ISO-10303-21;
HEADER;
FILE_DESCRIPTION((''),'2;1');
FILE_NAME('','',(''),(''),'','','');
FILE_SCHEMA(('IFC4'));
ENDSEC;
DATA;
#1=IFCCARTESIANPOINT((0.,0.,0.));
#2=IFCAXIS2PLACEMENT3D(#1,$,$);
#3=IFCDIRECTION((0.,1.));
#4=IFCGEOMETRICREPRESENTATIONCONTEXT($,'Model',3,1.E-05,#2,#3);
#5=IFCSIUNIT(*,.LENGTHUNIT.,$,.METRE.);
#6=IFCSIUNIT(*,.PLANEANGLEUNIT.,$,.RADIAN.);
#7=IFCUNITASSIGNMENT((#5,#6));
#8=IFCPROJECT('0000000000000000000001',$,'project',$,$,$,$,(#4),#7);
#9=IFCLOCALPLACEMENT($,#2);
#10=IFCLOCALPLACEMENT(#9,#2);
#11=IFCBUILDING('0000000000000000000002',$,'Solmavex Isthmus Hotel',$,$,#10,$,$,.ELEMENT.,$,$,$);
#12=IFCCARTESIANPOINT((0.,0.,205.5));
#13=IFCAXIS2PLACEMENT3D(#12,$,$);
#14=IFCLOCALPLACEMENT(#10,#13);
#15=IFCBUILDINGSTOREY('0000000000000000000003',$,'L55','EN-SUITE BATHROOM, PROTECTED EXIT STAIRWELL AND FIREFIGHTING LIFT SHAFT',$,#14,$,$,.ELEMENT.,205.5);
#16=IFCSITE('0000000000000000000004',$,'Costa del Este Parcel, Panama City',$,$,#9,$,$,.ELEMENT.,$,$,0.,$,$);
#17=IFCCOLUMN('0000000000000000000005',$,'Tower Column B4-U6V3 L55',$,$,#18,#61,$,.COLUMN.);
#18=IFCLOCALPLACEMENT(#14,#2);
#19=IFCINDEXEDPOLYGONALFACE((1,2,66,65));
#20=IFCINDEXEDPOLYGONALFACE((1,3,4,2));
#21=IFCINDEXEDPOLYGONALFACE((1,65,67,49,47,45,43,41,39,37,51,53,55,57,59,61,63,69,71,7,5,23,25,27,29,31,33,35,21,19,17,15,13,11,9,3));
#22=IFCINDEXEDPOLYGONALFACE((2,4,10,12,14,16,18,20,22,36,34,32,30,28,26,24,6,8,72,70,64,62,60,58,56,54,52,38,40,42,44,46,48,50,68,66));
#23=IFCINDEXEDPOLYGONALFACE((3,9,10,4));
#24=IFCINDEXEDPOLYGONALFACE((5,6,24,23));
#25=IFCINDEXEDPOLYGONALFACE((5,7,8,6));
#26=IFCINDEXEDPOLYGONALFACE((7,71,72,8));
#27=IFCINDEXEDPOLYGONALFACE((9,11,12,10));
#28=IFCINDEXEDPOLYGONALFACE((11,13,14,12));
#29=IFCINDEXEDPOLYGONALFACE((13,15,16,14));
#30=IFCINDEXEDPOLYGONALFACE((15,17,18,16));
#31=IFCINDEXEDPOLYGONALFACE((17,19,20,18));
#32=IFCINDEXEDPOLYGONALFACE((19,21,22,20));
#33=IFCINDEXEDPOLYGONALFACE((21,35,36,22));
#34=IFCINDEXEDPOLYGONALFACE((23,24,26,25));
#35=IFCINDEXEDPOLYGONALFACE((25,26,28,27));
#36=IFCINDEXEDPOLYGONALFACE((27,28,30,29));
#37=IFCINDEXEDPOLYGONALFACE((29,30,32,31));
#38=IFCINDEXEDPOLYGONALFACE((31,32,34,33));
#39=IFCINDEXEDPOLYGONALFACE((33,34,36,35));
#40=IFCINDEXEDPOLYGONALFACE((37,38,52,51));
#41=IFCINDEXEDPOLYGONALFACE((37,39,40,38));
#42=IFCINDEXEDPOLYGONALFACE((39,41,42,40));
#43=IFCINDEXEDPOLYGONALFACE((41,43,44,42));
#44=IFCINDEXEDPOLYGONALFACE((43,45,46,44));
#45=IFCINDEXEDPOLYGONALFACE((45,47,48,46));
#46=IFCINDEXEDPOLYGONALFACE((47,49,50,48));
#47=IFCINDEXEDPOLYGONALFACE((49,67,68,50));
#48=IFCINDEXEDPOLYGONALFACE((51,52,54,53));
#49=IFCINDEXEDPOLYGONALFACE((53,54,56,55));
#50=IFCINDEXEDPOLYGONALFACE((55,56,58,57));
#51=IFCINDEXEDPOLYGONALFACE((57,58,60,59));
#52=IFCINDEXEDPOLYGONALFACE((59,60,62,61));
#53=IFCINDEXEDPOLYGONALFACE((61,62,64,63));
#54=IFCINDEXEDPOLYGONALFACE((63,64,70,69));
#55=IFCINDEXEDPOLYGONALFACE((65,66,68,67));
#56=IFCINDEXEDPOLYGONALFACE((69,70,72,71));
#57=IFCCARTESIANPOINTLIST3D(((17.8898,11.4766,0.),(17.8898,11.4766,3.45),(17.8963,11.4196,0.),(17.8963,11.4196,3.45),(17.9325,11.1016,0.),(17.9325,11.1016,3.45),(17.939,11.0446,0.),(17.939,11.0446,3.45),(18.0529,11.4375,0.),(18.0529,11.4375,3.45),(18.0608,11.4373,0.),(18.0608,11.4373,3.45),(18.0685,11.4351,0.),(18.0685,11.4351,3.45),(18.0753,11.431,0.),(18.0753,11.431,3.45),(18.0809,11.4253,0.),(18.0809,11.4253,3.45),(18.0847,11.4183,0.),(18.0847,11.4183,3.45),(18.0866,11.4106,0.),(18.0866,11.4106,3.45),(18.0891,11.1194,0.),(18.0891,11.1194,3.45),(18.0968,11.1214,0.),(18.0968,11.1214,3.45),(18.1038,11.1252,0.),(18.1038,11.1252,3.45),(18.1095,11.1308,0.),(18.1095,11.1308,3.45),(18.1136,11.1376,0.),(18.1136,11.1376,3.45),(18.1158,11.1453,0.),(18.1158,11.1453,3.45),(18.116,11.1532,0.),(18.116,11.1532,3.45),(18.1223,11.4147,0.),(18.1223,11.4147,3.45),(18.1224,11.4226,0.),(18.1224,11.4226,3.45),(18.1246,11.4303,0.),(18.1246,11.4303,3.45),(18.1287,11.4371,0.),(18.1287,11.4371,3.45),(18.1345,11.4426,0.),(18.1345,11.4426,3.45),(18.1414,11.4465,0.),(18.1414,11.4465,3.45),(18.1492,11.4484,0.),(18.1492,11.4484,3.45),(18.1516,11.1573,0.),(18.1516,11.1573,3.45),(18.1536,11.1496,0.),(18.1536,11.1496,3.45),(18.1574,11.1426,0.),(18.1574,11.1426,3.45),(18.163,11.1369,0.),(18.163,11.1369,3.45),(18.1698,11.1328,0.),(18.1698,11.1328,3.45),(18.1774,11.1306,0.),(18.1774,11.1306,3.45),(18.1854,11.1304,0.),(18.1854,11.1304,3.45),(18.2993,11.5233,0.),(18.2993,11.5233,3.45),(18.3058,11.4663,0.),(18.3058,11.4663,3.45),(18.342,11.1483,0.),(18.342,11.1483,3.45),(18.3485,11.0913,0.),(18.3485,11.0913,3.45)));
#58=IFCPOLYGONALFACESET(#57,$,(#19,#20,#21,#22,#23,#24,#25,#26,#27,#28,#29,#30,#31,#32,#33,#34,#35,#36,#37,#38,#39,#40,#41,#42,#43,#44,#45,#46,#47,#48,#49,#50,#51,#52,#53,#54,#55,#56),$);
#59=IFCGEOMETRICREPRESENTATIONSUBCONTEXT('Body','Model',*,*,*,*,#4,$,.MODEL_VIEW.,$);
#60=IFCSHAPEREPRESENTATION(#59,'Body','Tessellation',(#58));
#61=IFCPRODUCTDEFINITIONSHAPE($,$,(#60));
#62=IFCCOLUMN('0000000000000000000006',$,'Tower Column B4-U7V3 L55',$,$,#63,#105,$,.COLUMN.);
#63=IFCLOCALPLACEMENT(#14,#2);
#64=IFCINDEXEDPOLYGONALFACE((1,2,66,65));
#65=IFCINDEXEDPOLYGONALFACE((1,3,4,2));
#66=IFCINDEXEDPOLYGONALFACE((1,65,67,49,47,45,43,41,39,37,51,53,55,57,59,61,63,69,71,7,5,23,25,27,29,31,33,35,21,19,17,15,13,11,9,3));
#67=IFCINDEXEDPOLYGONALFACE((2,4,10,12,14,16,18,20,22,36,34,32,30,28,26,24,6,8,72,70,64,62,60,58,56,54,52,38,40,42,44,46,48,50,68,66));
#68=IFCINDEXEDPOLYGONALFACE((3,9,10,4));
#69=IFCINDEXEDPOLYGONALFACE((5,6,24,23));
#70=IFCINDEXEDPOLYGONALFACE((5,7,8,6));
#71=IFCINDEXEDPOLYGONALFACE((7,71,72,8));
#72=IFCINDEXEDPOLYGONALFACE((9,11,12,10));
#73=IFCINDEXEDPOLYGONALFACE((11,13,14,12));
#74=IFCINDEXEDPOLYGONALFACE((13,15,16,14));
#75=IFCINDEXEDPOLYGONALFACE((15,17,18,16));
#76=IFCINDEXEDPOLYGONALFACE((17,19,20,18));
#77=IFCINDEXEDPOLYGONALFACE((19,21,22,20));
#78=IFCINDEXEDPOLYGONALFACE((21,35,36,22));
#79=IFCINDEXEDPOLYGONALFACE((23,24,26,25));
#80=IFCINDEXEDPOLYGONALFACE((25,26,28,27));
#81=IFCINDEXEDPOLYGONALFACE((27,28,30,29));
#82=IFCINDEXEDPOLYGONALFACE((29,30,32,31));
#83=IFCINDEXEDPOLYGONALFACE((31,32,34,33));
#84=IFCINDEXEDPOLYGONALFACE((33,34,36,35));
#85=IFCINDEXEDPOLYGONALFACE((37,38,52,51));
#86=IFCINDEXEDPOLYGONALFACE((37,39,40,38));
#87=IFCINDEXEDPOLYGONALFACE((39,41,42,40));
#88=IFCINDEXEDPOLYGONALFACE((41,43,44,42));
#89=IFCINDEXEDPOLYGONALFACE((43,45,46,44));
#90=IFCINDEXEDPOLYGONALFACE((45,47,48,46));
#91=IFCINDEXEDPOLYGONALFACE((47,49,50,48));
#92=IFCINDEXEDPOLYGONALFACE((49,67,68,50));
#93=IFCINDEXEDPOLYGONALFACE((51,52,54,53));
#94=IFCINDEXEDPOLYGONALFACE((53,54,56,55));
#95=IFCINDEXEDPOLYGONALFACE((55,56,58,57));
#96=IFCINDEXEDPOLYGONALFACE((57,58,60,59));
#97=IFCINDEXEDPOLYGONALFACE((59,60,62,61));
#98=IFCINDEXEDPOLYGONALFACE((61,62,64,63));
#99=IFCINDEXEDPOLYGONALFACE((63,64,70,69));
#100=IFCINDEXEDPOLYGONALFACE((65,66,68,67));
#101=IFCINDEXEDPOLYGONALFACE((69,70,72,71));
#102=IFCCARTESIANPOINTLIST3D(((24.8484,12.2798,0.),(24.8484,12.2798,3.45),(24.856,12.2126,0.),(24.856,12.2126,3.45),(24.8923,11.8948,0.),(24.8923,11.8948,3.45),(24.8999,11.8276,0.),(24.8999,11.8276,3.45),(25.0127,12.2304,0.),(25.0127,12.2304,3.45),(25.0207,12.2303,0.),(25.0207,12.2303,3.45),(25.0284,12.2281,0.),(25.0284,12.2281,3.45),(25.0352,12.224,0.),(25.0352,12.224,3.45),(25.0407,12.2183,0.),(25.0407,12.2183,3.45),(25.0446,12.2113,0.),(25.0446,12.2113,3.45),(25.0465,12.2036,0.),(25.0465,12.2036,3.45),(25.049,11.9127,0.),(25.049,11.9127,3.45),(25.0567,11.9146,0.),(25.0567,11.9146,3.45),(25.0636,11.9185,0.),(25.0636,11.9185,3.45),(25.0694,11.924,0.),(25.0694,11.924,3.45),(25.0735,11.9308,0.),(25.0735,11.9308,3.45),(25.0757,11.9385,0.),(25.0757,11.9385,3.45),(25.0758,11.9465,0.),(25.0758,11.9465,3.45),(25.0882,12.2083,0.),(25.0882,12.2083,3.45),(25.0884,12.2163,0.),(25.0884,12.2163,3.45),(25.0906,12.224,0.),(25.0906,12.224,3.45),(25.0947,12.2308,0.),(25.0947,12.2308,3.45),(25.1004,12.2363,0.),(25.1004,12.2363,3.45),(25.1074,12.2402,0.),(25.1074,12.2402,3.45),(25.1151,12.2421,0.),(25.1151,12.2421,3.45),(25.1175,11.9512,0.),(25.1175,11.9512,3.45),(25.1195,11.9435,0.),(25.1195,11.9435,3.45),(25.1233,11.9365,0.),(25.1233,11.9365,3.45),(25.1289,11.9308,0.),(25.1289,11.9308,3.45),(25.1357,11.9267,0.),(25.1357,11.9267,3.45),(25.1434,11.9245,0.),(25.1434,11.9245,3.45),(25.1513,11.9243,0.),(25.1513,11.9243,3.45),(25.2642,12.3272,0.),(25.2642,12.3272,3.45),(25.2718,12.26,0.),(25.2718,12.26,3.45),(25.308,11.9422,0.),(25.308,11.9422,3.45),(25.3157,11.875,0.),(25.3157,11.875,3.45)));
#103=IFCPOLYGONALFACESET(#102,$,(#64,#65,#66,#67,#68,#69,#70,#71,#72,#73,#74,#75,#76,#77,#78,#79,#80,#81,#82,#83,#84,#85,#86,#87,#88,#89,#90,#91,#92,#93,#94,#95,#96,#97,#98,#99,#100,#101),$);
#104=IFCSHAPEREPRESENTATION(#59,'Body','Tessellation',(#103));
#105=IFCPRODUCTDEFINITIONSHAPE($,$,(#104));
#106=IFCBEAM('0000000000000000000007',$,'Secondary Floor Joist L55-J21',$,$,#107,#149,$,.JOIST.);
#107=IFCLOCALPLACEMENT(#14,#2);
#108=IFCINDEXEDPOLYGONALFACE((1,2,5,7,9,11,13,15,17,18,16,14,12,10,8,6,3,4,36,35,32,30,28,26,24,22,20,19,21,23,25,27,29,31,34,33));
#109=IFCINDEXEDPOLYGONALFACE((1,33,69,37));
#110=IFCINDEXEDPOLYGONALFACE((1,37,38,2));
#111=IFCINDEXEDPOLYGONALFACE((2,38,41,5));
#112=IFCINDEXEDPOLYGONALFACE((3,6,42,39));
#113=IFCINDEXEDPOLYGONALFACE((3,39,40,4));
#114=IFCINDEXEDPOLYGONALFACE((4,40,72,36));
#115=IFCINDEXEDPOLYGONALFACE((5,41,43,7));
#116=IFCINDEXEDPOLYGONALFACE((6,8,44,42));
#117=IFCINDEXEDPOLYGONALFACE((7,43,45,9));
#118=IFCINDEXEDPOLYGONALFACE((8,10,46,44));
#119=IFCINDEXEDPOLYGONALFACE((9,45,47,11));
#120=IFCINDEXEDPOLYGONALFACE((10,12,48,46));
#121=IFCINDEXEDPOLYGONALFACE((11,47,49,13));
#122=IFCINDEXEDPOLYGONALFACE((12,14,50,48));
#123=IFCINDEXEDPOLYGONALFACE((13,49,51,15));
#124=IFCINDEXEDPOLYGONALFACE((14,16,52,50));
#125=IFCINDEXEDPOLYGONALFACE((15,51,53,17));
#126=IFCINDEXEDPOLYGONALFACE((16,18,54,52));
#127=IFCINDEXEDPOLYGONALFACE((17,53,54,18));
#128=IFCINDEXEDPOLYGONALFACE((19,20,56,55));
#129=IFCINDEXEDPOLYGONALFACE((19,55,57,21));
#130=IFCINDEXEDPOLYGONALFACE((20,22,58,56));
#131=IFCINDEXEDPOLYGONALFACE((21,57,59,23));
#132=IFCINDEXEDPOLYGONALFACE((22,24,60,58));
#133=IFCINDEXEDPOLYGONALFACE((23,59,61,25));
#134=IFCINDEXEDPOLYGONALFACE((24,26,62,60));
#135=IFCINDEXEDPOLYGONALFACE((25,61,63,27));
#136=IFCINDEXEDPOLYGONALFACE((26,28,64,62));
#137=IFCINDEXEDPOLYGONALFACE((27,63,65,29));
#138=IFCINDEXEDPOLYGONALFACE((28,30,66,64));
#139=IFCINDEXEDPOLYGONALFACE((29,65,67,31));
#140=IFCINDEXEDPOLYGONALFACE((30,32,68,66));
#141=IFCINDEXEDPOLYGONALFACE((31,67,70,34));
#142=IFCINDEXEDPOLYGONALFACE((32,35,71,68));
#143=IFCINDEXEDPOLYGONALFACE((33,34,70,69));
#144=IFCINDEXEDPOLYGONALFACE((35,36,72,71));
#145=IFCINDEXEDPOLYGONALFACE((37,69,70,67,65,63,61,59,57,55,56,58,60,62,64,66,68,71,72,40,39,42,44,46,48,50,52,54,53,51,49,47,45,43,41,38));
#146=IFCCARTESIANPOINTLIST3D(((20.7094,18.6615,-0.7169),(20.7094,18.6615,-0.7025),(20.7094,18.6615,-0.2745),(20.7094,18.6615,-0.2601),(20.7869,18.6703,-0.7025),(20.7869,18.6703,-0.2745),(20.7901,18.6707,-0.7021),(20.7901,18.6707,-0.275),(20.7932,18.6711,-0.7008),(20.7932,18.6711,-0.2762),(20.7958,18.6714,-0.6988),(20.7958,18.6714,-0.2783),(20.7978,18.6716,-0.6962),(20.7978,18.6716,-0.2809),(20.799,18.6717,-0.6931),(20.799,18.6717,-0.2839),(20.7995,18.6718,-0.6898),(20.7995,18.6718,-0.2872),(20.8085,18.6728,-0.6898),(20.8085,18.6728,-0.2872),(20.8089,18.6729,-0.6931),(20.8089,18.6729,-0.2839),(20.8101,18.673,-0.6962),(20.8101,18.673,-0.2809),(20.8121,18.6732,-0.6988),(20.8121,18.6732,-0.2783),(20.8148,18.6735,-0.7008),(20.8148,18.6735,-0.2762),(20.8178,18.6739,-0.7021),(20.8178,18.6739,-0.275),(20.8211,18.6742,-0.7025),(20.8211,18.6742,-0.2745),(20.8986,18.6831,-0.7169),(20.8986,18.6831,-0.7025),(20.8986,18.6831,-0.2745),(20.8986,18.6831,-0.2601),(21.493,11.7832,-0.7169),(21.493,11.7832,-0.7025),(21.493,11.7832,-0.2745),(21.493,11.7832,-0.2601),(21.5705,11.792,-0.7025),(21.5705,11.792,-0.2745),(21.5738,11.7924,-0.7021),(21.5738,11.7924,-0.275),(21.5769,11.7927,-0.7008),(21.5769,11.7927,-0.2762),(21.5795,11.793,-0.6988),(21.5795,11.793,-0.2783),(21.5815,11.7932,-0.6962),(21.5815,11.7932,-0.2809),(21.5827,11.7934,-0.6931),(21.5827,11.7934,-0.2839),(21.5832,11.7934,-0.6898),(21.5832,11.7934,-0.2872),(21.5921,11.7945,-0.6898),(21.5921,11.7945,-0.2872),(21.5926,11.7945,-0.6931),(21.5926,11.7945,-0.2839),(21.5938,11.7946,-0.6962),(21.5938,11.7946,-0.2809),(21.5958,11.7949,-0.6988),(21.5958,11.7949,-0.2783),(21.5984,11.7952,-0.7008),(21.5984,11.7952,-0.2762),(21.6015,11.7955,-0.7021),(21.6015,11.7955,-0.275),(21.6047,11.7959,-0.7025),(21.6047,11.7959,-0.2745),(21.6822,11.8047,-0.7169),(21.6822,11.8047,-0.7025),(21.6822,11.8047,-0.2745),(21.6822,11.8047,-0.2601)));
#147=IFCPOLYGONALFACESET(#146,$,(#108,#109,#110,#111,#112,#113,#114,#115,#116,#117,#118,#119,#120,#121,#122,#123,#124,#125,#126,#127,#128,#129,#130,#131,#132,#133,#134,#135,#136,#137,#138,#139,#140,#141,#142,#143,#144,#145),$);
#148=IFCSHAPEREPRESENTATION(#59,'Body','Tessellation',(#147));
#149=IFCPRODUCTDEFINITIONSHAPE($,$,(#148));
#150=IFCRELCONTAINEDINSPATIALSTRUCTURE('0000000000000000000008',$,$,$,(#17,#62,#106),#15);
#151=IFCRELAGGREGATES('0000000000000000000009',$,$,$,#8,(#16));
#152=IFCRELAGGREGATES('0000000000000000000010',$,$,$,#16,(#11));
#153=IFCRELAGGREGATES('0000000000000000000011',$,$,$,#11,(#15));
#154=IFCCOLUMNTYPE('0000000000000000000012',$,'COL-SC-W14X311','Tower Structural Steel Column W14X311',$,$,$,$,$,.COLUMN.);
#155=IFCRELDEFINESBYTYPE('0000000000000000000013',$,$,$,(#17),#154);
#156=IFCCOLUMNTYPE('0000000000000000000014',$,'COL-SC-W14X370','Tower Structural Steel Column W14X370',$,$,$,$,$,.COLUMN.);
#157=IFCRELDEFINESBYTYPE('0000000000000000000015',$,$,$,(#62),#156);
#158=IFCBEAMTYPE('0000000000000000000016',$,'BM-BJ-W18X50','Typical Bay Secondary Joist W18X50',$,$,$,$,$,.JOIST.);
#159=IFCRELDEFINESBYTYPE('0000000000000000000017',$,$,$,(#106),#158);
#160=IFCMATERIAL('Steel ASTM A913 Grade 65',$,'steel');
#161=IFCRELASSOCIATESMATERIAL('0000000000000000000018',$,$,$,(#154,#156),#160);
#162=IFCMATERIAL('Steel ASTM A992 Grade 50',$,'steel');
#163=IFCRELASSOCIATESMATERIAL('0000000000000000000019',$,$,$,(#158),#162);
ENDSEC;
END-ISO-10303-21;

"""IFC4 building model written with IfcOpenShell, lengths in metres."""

from ifc_helpers import new_model, si_unit, direction, frame, origin, origin_2d, place, context, subcontext, project, spatial, i_section, extrude, material, material_profile, profile_set, type_object, element, save


model = new_model("IFC4")

# Units and contexts
model_context = context("Model", 3, precision=1e-05, world=origin(), true_north=direction((0.0, 1.0)))
body_context = subcontext(model_context, "Body", "Model", "MODEL_VIEW")
ifc_project = project(units=[si_unit("LENGTHUNIT", "METRE"), si_unit("PLANEANGLEUNIT", "RADIAN")], contexts=[model_context])

# Site, building, storey
site_placement = place(None, origin())
site = spatial("IfcSite", under=ifc_project, at=site_placement, Name="Costa del Este Parcel, Panama City", CompositionType="ELEMENT", RefElevation=0.0)
building_placement = place(site_placement, origin())
building = spatial("IfcBuilding", under=site, at=building_placement, Name="Solmavex Isthmus Hotel", CompositionType="ELEMENT")
storey_placement = place(building_placement, frame((0.0, 0.0, 205.5)))
storey = spatial("IfcBuildingStorey", under=building, at=storey_placement, Name="L55", Description="EN-SUITE BATHROOM, PROTECTED EXIT STAIRWELL AND FIREFIGHTING LIFT SHAFT", CompositionType="ELEMENT", Elevation=205.5)

# Columns
ifc_material_1 = material(Name="Steel ASTM A913 Grade 65", Category="steel")
ifc_material_profile_1 = material_profile(ifc_material_1, i_section(OverallWidth=0.4121, OverallDepth=0.4348, WebThickness=0.0359, FlangeThickness=0.0574, FilletRadius=0.0305, at=origin_2d()), Name="W14X311")
ifc_profile_set_1 = profile_set([ifc_material_profile_1], Name="Steel ASTM A913 Grade 65")
column_type_1 = type_object("IfcColumnType", Name="COL-SC-W14X311", Description="Tower Structural Steel Column W14X311", PredefinedType="COLUMN", material=ifc_profile_set_1)
column_1_placement = place(storey_placement, frame((18.1191, 11.2839, 0.0), z_axis=(0.0, 0.0, 1.0), x_axis=(0.993572, 0.113203, 0.0)))
element("IfcColumn", 1, at=column_1_placement, inside=storey, type_object=column_type_1, Name="Tower Column B4-U6V3 L55", PredefinedType="COLUMN", context=body_context, shape_type="SweptSolid", body=[
    extrude(i_section(OverallWidth=0.4121, OverallDepth=0.4348, WebThickness=0.0359, FlangeThickness=0.0574, FilletRadius=0.0305, at=origin_2d()), origin(), (0.0, 0.0, 1.0), 3.45),
])
ifc_material_profile_2 = material_profile(ifc_material_1, i_section(OverallWidth=0.4185, OverallDepth=0.4551, WebThickness=0.042, FlangeThickness=0.0676, FilletRadius=0.0305, at=origin_2d()), Name="W14X370")
ifc_profile_set_2 = profile_set([ifc_material_profile_2], Name="Steel ASTM A913 Grade 65")
column_type_2 = type_object("IfcColumnType", Name="COL-SC-W14X370", Description="Tower Structural Steel Column W14X370", PredefinedType="COLUMN", material=ifc_profile_set_2)
column_2_placement = place(storey_placement, frame((25.082, 12.0774, 0.0), z_axis=(0.0, 0.0, 1.0), x_axis=(0.993572, 0.113203, 0.0)))
element("IfcColumn", 2, at=column_2_placement, inside=storey, type_object=column_type_2, Name="Tower Column B4-U7V3 L55", PredefinedType="COLUMN", context=body_context, shape_type="SweptSolid", body=[
    extrude(i_section(OverallWidth=0.4185, OverallDepth=0.4551, WebThickness=0.042, FlangeThickness=0.0676, FilletRadius=0.0305, at=origin_2d()), origin(), (0.0, 0.0, 1.0), 3.45),
])

# Beam
ifc_material_2 = material(Name="Steel ASTM A992 Grade 50", Category="steel")
ifc_material_profile_3 = material_profile(ifc_material_2, i_section(OverallWidth=0.1904, OverallDepth=0.4568, WebThickness=0.009, FlangeThickness=0.0144, FilletRadius=0.0127, at=origin_2d()), Name="W18X50")
ifc_profile_set_3 = profile_set([ifc_material_profile_3], Name="Steel ASTM A992 Grade 50")
beam_type_1 = type_object("IfcBeamType", Name="BM-BJ-W18X50", Description="Typical Bay Secondary Joist W18X50", PredefinedType="JOIST", material=ifc_profile_set_3)
beam_1_placement = place(storey_placement, frame((21.5876, 11.7939, -0.4885), z_axis=(-0.113202, 0.993572, 0.0), x_axis=(-0.993572, -0.113202, 0.0)))
element("IfcBeam", 3, at=beam_1_placement, inside=storey, type_object=beam_type_1, Name="Secondary Floor Joist L55-J21", PredefinedType="JOIST", context=body_context, shape_type="SweptSolid", body=[
    extrude(i_section(OverallWidth=0.1904, OverallDepth=0.4568, WebThickness=0.009, FlangeThickness=0.0144, FilletRadius=0.0127, at=origin_2d()), origin(), (0.0, 0.0, 1.0), 6.9229),
])

save(model, "model.ifc")
